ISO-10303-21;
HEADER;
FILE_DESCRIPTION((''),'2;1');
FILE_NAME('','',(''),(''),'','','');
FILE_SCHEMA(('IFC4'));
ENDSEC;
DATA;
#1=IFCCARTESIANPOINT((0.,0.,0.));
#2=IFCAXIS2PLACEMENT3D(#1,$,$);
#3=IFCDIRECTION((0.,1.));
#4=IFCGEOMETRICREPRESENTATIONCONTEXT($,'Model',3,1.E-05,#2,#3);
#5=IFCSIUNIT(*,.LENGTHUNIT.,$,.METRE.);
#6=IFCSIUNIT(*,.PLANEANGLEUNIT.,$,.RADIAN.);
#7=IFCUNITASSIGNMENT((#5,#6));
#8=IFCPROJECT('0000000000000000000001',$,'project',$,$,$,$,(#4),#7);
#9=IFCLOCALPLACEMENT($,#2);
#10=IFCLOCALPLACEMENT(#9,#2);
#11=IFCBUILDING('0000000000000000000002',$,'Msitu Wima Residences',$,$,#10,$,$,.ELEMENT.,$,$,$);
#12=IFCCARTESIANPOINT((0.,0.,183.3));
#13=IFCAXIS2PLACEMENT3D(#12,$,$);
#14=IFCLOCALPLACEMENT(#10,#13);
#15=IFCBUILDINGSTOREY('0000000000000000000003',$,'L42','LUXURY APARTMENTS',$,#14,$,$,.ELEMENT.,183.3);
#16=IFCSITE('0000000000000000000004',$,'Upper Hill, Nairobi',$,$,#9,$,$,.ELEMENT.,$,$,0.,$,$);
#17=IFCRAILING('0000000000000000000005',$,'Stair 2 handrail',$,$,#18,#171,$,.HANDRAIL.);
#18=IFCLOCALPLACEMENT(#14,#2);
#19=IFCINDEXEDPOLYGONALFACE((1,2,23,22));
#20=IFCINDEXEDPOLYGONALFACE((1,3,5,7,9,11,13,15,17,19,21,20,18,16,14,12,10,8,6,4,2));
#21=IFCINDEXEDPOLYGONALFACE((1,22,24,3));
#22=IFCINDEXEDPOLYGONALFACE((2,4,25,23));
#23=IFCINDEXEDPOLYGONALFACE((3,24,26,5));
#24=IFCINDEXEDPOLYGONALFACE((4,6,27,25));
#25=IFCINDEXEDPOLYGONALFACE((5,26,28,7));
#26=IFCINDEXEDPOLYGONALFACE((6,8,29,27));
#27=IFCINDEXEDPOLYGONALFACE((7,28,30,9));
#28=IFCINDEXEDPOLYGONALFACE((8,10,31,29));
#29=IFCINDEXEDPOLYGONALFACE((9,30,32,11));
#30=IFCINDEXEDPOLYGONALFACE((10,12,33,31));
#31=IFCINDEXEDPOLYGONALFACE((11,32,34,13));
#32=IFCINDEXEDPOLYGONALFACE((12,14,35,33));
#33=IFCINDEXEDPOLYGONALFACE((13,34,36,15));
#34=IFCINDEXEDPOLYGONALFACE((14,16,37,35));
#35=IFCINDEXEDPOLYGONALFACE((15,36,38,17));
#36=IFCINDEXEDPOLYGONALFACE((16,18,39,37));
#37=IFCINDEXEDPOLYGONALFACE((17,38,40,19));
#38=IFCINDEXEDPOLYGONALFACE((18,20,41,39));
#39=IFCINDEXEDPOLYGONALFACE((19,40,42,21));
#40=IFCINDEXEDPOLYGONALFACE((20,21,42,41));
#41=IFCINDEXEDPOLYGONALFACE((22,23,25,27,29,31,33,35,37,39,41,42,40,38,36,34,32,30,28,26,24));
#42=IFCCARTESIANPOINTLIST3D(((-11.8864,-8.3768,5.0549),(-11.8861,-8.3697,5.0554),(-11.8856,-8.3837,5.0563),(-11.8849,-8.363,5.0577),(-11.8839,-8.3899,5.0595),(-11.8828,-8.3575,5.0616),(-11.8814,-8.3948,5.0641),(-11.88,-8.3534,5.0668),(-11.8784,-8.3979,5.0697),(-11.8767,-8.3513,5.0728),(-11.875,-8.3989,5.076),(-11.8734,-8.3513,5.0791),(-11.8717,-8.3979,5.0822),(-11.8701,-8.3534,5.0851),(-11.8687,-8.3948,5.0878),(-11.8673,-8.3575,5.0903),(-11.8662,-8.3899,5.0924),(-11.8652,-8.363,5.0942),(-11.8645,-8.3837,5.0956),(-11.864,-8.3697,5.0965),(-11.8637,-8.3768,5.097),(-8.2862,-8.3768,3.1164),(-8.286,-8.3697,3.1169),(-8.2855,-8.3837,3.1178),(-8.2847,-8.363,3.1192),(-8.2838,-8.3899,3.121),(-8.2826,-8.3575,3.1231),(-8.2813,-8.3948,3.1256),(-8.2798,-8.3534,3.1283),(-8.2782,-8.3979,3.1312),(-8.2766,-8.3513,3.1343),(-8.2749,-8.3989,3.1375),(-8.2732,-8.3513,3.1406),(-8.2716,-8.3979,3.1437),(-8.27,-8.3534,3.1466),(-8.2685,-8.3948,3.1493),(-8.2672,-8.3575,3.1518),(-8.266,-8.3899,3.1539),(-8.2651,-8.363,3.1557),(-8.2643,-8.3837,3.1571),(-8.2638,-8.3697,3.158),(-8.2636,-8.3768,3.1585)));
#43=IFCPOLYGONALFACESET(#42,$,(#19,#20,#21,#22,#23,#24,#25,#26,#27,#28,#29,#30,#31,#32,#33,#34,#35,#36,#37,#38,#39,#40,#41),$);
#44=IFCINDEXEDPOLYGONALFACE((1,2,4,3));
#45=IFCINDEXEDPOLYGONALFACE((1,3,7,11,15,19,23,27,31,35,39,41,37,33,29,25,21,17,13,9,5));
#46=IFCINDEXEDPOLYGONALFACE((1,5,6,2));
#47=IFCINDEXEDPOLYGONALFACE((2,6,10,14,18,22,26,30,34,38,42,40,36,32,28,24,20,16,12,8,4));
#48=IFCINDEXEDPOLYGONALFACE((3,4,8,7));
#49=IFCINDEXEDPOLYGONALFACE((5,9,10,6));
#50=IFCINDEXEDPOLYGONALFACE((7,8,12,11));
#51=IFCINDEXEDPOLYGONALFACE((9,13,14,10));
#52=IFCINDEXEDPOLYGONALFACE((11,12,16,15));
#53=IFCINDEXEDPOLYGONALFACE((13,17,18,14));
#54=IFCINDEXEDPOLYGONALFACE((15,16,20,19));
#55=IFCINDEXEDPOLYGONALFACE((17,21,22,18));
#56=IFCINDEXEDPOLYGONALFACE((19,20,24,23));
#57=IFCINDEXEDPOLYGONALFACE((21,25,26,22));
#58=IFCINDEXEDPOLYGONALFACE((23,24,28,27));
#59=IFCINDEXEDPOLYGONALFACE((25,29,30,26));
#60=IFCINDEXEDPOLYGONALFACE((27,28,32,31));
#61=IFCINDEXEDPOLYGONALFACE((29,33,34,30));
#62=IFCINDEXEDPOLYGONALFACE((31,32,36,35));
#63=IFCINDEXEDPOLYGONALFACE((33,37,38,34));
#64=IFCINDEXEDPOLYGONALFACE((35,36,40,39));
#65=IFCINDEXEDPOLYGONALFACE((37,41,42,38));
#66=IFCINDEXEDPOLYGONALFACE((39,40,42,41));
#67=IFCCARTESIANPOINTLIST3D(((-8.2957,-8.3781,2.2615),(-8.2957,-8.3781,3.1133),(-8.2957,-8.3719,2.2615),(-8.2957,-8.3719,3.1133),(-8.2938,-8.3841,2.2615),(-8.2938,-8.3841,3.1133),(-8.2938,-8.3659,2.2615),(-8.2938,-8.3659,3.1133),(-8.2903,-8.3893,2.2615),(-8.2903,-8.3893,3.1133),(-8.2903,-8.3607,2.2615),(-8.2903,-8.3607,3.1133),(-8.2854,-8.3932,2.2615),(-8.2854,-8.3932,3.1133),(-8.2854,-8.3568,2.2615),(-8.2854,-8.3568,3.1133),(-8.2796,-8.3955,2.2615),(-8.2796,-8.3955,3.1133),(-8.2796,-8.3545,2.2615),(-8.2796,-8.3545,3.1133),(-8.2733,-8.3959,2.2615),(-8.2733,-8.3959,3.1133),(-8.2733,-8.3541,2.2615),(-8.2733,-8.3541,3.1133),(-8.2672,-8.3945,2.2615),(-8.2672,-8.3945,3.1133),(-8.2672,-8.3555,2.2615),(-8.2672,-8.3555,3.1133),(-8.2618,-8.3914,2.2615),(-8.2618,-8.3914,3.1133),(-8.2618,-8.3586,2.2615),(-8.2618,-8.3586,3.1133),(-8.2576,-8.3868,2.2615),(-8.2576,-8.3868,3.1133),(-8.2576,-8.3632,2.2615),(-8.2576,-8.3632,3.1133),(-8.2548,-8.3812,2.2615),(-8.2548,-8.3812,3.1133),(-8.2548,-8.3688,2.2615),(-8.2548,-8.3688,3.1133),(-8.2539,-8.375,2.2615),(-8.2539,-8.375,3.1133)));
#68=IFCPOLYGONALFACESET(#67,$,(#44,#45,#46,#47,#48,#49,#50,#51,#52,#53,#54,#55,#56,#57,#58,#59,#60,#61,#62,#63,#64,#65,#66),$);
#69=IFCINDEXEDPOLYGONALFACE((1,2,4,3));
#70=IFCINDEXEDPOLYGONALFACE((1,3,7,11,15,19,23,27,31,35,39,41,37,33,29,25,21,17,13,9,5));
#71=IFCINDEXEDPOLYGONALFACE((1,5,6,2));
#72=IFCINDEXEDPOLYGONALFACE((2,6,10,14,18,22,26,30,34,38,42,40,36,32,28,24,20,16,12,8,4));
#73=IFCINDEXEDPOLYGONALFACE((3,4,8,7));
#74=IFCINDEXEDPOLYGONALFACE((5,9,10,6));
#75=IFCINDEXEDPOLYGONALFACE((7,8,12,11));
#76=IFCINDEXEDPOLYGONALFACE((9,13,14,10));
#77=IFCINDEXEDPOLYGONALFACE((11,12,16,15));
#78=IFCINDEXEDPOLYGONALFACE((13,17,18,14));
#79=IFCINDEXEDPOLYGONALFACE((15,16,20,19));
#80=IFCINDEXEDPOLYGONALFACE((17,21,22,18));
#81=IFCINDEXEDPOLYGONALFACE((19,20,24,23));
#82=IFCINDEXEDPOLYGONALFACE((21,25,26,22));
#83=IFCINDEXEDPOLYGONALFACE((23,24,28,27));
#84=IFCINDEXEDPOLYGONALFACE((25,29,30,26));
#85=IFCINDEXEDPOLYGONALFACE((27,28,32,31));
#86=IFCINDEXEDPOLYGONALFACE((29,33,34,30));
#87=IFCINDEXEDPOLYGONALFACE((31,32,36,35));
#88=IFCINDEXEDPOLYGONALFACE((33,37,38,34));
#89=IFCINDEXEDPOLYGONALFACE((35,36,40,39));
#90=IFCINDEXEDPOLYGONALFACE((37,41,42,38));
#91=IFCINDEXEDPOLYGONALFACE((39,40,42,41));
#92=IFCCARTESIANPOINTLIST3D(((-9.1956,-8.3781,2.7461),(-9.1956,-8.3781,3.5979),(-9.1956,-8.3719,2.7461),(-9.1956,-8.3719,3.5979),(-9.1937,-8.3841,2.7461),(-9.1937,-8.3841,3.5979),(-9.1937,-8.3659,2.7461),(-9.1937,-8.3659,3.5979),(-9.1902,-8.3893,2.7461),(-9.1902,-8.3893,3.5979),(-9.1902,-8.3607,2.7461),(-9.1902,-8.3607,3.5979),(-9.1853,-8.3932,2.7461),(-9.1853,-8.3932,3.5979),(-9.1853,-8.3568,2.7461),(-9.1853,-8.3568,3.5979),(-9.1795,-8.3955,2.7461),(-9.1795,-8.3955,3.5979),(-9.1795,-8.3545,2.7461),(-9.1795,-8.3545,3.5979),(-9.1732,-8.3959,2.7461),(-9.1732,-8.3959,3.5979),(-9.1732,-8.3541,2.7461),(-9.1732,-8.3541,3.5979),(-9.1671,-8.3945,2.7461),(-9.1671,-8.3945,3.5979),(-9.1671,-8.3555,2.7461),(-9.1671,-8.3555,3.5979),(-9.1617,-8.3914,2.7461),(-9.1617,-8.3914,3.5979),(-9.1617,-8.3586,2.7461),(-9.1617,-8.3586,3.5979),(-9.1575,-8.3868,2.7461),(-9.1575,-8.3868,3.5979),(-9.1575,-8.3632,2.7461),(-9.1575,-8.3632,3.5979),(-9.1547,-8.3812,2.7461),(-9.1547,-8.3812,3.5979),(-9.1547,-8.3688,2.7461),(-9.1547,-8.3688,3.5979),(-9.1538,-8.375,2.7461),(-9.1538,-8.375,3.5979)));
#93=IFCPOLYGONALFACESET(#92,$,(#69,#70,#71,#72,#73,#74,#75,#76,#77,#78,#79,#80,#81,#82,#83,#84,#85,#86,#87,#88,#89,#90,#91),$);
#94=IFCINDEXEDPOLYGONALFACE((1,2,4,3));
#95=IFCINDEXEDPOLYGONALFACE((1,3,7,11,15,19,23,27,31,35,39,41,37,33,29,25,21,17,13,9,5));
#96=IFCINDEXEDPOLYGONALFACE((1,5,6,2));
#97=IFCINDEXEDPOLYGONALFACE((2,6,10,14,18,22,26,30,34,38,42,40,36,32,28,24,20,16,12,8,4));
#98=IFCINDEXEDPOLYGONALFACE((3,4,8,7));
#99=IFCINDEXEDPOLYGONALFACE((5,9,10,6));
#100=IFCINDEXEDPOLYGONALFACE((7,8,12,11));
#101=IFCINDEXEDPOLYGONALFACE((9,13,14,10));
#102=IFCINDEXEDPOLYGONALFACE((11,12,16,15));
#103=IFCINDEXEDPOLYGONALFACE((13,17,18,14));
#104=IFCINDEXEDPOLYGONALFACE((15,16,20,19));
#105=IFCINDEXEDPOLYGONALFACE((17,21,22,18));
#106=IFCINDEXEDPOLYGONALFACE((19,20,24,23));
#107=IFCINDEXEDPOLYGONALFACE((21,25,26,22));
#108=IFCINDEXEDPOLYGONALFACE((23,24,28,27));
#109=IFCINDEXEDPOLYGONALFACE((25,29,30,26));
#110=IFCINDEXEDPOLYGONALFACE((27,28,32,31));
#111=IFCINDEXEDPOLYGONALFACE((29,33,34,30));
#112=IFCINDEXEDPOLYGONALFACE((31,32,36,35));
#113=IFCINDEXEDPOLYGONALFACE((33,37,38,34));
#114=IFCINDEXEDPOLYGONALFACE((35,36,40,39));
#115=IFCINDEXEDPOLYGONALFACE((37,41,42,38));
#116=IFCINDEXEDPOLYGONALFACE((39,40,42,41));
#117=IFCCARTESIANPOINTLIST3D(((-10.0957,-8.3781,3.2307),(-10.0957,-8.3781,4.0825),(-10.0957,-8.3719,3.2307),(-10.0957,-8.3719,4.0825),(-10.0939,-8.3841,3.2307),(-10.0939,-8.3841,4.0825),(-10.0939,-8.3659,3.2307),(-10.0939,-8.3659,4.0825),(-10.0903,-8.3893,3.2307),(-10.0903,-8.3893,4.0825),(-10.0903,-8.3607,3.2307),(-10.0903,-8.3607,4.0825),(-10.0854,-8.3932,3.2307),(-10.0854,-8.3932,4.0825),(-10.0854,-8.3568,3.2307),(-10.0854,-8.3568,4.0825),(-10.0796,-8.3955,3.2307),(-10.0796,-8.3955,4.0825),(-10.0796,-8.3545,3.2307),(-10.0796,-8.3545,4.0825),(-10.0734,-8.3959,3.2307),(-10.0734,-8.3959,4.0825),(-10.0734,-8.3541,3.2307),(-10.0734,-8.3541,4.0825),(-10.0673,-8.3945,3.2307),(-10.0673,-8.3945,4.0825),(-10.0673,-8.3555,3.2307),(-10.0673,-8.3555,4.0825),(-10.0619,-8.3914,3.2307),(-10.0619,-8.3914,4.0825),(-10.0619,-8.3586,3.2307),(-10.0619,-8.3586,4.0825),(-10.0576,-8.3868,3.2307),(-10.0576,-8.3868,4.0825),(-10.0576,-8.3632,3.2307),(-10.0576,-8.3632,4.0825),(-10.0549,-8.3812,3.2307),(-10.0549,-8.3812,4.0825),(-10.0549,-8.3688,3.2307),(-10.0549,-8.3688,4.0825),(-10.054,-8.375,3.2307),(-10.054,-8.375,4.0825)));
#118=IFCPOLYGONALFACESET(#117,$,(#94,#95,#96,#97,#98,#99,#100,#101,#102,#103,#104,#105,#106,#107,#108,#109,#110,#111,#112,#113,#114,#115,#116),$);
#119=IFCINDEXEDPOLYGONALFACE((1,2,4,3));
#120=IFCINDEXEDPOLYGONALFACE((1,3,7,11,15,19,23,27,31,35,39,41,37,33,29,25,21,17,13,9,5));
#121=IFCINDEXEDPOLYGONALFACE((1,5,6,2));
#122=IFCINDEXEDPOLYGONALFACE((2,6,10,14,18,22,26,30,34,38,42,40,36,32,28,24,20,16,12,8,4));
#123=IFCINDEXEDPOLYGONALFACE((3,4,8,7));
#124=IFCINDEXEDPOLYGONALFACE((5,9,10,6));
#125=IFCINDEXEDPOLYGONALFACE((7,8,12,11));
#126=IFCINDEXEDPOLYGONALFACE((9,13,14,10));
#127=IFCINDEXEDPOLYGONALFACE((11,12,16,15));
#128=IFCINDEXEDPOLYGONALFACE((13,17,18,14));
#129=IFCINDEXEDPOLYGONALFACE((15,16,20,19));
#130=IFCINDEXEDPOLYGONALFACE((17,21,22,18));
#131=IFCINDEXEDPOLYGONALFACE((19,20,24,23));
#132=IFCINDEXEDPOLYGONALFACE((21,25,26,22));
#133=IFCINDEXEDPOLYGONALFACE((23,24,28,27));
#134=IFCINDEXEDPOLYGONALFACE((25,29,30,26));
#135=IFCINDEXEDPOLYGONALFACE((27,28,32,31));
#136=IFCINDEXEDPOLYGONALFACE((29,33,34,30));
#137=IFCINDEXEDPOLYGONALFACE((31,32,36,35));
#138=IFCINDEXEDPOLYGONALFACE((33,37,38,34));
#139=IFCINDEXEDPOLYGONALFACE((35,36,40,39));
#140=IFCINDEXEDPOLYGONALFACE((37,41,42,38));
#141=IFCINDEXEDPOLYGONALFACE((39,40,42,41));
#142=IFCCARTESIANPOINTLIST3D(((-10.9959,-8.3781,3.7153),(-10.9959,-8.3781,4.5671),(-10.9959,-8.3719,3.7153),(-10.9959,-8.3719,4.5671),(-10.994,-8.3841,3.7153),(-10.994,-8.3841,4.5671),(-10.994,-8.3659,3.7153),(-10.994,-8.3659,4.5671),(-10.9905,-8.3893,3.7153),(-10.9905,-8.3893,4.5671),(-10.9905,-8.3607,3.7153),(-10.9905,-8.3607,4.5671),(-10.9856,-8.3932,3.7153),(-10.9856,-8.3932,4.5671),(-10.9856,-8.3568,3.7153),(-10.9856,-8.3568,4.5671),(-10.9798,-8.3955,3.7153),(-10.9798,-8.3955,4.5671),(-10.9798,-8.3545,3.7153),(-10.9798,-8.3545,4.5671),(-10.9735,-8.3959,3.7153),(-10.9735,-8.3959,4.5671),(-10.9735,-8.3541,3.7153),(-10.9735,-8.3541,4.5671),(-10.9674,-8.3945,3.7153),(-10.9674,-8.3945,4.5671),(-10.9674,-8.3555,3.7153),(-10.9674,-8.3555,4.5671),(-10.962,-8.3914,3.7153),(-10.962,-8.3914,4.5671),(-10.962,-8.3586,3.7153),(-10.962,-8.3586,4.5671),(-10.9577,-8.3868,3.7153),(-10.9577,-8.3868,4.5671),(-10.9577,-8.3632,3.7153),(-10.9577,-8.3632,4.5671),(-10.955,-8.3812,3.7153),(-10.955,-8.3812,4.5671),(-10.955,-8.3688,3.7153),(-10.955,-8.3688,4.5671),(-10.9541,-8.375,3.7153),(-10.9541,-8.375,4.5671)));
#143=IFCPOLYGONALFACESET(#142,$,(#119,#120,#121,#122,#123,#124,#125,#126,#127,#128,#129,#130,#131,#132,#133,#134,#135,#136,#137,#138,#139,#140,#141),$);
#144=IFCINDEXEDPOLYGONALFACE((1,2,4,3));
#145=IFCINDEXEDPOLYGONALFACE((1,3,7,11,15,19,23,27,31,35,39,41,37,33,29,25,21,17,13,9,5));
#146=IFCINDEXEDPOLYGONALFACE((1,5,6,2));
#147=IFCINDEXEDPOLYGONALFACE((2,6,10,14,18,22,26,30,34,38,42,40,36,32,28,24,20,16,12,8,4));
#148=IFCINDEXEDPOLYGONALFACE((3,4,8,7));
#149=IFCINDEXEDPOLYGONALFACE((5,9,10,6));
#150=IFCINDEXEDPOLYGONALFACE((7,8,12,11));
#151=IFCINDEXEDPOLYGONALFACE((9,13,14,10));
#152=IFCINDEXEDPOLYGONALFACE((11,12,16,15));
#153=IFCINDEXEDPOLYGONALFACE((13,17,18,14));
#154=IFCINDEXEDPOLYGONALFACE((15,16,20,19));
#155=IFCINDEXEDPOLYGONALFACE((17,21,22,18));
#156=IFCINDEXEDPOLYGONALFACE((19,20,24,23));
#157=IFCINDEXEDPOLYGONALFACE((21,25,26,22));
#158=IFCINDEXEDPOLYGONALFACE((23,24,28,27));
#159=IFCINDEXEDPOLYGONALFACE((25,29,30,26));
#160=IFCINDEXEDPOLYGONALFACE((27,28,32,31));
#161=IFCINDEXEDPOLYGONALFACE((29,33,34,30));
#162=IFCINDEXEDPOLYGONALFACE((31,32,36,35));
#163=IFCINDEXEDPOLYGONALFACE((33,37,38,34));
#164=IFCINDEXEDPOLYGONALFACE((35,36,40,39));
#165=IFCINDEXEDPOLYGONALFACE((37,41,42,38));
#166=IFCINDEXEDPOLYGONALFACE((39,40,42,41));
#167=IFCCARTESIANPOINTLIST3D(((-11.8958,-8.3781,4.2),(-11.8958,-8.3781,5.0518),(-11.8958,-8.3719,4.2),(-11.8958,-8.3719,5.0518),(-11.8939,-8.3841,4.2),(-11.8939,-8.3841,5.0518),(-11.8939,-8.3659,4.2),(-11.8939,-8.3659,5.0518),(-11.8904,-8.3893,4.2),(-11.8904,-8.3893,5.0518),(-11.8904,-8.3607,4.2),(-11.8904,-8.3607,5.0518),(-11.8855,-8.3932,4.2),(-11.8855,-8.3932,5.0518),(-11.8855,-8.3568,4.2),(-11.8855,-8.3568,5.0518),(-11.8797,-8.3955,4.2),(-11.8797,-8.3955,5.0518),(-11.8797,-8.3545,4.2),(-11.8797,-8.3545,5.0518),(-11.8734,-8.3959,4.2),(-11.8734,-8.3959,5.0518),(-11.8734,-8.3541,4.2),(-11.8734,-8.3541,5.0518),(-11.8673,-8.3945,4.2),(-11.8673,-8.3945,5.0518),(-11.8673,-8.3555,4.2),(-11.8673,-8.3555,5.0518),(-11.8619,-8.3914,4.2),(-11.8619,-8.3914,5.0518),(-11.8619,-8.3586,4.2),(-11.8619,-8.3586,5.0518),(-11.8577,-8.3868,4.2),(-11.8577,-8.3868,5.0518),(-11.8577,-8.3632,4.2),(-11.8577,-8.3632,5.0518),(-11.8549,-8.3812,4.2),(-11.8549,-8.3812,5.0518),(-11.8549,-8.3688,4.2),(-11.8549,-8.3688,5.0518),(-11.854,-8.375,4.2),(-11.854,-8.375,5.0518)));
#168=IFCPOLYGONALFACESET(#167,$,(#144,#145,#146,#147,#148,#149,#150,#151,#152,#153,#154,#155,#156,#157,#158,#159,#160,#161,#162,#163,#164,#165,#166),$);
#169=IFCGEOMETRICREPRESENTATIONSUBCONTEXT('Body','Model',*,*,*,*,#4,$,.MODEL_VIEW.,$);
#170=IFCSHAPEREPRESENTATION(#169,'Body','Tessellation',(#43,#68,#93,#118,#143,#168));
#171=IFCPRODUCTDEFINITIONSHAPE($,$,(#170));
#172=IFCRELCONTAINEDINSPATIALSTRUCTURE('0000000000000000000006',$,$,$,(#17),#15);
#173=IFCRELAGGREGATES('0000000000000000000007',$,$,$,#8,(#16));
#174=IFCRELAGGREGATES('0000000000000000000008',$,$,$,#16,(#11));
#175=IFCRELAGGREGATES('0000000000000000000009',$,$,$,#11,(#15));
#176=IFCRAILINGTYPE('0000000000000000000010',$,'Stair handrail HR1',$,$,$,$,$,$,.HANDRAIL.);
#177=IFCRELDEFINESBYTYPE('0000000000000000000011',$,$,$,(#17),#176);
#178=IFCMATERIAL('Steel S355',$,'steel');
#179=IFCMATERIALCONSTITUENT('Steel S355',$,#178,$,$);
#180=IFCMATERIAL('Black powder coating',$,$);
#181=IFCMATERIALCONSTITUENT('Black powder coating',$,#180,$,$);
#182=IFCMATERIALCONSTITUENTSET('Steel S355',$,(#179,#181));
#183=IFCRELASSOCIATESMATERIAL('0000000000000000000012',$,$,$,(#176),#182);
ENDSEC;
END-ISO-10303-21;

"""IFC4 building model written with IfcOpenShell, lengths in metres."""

from ifc_helpers import new_model, si_unit, direction, frame, origin, origin_2d, place, context, subcontext, project, spatial, circle, extrude, material, constituent, constituent_set, type_object, element, save


model = new_model("IFC4")

# Units and contexts
model_context = context("Model", 3, precision=1e-05, world=origin(), true_north=direction((0.0, 1.0)))
body_context = subcontext(model_context, "Body", "Model", "MODEL_VIEW")
ifc_project = project(units=[si_unit("LENGTHUNIT", "METRE"), si_unit("PLANEANGLEUNIT", "RADIAN")], contexts=[model_context])

# Site, building, storey
site_placement = place(None, origin())
site = spatial("IfcSite", under=ifc_project, at=site_placement, Name="Upper Hill, Nairobi", CompositionType="ELEMENT", RefElevation=0.0)
building_placement = place(site_placement, origin())
building = spatial("IfcBuilding", under=site, at=building_placement, Name="Msitu Wima Residences", CompositionType="ELEMENT")
storey_placement = place(building_placement, frame((0.0, 0.0, 183.3)))
storey = spatial("IfcBuildingStorey", under=building, at=storey_placement, Name="L42", Description="LUXURY APARTMENTS", CompositionType="ELEMENT", Elevation=183.3)

# Railing
ifc_material_1 = material(Name="Steel S355", Category="steel")
ifc_constituent_1 = constituent(ifc_material_1, Name="Steel S355")
ifc_material_2 = material(Name="Black powder coating")
ifc_constituent_2 = constituent(ifc_material_2, Name="Black powder coating")
ifc_constituent_set = constituent_set(constituents=[ifc_constituent_1, ifc_constituent_2], Name="Steel S355")
railing_type = type_object("IfcRailingType", Name="Stair handrail HR1", PredefinedType="HANDRAIL", material=ifc_constituent_set)
railing_placement = place(storey_placement, frame((-8.2749, -8.375, 2.2615)))
element("IfcRailing", 1, at=railing_placement, inside=storey, type_object=railing_type, Name="Stair 2 handrail", PredefinedType="HANDRAIL", context=body_context, shape_type="SweptSolid", body=[
    extrude(circle(Radius=0.0239, at=origin_2d()), frame((0.0, 0.0, 0.876), z_axis=(-0.880475, 0.0, 0.474093), x_axis=(0.0, -1.0, 0.0)), (0.0, 0.0, 1.0), 4.0889),
    extrude(circle(Radius=0.021, at=origin_2d()), origin(), (0.0, 0.0, 1.0), 0.8518),
    extrude(circle(Radius=0.021, at=origin_2d()), frame((-0.8999, 0.0, 0.4846)), (0.0, 0.0, 1.0), 0.8518),
    extrude(circle(Radius=0.021, at=origin_2d()), frame((-1.8, 0.0, 0.9692)), (0.0, 0.0, 1.0), 0.8518),
    extrude(circle(Radius=0.021, at=origin_2d()), frame((-2.7002, 0.0, 1.4539)), (0.0, 0.0, 1.0), 0.8518),
    extrude(circle(Radius=0.021, at=origin_2d()), frame((-3.6001, 0.0, 1.9385)), (0.0, 0.0, 1.0), 0.8518),
])

save(model, "model.ifc")
